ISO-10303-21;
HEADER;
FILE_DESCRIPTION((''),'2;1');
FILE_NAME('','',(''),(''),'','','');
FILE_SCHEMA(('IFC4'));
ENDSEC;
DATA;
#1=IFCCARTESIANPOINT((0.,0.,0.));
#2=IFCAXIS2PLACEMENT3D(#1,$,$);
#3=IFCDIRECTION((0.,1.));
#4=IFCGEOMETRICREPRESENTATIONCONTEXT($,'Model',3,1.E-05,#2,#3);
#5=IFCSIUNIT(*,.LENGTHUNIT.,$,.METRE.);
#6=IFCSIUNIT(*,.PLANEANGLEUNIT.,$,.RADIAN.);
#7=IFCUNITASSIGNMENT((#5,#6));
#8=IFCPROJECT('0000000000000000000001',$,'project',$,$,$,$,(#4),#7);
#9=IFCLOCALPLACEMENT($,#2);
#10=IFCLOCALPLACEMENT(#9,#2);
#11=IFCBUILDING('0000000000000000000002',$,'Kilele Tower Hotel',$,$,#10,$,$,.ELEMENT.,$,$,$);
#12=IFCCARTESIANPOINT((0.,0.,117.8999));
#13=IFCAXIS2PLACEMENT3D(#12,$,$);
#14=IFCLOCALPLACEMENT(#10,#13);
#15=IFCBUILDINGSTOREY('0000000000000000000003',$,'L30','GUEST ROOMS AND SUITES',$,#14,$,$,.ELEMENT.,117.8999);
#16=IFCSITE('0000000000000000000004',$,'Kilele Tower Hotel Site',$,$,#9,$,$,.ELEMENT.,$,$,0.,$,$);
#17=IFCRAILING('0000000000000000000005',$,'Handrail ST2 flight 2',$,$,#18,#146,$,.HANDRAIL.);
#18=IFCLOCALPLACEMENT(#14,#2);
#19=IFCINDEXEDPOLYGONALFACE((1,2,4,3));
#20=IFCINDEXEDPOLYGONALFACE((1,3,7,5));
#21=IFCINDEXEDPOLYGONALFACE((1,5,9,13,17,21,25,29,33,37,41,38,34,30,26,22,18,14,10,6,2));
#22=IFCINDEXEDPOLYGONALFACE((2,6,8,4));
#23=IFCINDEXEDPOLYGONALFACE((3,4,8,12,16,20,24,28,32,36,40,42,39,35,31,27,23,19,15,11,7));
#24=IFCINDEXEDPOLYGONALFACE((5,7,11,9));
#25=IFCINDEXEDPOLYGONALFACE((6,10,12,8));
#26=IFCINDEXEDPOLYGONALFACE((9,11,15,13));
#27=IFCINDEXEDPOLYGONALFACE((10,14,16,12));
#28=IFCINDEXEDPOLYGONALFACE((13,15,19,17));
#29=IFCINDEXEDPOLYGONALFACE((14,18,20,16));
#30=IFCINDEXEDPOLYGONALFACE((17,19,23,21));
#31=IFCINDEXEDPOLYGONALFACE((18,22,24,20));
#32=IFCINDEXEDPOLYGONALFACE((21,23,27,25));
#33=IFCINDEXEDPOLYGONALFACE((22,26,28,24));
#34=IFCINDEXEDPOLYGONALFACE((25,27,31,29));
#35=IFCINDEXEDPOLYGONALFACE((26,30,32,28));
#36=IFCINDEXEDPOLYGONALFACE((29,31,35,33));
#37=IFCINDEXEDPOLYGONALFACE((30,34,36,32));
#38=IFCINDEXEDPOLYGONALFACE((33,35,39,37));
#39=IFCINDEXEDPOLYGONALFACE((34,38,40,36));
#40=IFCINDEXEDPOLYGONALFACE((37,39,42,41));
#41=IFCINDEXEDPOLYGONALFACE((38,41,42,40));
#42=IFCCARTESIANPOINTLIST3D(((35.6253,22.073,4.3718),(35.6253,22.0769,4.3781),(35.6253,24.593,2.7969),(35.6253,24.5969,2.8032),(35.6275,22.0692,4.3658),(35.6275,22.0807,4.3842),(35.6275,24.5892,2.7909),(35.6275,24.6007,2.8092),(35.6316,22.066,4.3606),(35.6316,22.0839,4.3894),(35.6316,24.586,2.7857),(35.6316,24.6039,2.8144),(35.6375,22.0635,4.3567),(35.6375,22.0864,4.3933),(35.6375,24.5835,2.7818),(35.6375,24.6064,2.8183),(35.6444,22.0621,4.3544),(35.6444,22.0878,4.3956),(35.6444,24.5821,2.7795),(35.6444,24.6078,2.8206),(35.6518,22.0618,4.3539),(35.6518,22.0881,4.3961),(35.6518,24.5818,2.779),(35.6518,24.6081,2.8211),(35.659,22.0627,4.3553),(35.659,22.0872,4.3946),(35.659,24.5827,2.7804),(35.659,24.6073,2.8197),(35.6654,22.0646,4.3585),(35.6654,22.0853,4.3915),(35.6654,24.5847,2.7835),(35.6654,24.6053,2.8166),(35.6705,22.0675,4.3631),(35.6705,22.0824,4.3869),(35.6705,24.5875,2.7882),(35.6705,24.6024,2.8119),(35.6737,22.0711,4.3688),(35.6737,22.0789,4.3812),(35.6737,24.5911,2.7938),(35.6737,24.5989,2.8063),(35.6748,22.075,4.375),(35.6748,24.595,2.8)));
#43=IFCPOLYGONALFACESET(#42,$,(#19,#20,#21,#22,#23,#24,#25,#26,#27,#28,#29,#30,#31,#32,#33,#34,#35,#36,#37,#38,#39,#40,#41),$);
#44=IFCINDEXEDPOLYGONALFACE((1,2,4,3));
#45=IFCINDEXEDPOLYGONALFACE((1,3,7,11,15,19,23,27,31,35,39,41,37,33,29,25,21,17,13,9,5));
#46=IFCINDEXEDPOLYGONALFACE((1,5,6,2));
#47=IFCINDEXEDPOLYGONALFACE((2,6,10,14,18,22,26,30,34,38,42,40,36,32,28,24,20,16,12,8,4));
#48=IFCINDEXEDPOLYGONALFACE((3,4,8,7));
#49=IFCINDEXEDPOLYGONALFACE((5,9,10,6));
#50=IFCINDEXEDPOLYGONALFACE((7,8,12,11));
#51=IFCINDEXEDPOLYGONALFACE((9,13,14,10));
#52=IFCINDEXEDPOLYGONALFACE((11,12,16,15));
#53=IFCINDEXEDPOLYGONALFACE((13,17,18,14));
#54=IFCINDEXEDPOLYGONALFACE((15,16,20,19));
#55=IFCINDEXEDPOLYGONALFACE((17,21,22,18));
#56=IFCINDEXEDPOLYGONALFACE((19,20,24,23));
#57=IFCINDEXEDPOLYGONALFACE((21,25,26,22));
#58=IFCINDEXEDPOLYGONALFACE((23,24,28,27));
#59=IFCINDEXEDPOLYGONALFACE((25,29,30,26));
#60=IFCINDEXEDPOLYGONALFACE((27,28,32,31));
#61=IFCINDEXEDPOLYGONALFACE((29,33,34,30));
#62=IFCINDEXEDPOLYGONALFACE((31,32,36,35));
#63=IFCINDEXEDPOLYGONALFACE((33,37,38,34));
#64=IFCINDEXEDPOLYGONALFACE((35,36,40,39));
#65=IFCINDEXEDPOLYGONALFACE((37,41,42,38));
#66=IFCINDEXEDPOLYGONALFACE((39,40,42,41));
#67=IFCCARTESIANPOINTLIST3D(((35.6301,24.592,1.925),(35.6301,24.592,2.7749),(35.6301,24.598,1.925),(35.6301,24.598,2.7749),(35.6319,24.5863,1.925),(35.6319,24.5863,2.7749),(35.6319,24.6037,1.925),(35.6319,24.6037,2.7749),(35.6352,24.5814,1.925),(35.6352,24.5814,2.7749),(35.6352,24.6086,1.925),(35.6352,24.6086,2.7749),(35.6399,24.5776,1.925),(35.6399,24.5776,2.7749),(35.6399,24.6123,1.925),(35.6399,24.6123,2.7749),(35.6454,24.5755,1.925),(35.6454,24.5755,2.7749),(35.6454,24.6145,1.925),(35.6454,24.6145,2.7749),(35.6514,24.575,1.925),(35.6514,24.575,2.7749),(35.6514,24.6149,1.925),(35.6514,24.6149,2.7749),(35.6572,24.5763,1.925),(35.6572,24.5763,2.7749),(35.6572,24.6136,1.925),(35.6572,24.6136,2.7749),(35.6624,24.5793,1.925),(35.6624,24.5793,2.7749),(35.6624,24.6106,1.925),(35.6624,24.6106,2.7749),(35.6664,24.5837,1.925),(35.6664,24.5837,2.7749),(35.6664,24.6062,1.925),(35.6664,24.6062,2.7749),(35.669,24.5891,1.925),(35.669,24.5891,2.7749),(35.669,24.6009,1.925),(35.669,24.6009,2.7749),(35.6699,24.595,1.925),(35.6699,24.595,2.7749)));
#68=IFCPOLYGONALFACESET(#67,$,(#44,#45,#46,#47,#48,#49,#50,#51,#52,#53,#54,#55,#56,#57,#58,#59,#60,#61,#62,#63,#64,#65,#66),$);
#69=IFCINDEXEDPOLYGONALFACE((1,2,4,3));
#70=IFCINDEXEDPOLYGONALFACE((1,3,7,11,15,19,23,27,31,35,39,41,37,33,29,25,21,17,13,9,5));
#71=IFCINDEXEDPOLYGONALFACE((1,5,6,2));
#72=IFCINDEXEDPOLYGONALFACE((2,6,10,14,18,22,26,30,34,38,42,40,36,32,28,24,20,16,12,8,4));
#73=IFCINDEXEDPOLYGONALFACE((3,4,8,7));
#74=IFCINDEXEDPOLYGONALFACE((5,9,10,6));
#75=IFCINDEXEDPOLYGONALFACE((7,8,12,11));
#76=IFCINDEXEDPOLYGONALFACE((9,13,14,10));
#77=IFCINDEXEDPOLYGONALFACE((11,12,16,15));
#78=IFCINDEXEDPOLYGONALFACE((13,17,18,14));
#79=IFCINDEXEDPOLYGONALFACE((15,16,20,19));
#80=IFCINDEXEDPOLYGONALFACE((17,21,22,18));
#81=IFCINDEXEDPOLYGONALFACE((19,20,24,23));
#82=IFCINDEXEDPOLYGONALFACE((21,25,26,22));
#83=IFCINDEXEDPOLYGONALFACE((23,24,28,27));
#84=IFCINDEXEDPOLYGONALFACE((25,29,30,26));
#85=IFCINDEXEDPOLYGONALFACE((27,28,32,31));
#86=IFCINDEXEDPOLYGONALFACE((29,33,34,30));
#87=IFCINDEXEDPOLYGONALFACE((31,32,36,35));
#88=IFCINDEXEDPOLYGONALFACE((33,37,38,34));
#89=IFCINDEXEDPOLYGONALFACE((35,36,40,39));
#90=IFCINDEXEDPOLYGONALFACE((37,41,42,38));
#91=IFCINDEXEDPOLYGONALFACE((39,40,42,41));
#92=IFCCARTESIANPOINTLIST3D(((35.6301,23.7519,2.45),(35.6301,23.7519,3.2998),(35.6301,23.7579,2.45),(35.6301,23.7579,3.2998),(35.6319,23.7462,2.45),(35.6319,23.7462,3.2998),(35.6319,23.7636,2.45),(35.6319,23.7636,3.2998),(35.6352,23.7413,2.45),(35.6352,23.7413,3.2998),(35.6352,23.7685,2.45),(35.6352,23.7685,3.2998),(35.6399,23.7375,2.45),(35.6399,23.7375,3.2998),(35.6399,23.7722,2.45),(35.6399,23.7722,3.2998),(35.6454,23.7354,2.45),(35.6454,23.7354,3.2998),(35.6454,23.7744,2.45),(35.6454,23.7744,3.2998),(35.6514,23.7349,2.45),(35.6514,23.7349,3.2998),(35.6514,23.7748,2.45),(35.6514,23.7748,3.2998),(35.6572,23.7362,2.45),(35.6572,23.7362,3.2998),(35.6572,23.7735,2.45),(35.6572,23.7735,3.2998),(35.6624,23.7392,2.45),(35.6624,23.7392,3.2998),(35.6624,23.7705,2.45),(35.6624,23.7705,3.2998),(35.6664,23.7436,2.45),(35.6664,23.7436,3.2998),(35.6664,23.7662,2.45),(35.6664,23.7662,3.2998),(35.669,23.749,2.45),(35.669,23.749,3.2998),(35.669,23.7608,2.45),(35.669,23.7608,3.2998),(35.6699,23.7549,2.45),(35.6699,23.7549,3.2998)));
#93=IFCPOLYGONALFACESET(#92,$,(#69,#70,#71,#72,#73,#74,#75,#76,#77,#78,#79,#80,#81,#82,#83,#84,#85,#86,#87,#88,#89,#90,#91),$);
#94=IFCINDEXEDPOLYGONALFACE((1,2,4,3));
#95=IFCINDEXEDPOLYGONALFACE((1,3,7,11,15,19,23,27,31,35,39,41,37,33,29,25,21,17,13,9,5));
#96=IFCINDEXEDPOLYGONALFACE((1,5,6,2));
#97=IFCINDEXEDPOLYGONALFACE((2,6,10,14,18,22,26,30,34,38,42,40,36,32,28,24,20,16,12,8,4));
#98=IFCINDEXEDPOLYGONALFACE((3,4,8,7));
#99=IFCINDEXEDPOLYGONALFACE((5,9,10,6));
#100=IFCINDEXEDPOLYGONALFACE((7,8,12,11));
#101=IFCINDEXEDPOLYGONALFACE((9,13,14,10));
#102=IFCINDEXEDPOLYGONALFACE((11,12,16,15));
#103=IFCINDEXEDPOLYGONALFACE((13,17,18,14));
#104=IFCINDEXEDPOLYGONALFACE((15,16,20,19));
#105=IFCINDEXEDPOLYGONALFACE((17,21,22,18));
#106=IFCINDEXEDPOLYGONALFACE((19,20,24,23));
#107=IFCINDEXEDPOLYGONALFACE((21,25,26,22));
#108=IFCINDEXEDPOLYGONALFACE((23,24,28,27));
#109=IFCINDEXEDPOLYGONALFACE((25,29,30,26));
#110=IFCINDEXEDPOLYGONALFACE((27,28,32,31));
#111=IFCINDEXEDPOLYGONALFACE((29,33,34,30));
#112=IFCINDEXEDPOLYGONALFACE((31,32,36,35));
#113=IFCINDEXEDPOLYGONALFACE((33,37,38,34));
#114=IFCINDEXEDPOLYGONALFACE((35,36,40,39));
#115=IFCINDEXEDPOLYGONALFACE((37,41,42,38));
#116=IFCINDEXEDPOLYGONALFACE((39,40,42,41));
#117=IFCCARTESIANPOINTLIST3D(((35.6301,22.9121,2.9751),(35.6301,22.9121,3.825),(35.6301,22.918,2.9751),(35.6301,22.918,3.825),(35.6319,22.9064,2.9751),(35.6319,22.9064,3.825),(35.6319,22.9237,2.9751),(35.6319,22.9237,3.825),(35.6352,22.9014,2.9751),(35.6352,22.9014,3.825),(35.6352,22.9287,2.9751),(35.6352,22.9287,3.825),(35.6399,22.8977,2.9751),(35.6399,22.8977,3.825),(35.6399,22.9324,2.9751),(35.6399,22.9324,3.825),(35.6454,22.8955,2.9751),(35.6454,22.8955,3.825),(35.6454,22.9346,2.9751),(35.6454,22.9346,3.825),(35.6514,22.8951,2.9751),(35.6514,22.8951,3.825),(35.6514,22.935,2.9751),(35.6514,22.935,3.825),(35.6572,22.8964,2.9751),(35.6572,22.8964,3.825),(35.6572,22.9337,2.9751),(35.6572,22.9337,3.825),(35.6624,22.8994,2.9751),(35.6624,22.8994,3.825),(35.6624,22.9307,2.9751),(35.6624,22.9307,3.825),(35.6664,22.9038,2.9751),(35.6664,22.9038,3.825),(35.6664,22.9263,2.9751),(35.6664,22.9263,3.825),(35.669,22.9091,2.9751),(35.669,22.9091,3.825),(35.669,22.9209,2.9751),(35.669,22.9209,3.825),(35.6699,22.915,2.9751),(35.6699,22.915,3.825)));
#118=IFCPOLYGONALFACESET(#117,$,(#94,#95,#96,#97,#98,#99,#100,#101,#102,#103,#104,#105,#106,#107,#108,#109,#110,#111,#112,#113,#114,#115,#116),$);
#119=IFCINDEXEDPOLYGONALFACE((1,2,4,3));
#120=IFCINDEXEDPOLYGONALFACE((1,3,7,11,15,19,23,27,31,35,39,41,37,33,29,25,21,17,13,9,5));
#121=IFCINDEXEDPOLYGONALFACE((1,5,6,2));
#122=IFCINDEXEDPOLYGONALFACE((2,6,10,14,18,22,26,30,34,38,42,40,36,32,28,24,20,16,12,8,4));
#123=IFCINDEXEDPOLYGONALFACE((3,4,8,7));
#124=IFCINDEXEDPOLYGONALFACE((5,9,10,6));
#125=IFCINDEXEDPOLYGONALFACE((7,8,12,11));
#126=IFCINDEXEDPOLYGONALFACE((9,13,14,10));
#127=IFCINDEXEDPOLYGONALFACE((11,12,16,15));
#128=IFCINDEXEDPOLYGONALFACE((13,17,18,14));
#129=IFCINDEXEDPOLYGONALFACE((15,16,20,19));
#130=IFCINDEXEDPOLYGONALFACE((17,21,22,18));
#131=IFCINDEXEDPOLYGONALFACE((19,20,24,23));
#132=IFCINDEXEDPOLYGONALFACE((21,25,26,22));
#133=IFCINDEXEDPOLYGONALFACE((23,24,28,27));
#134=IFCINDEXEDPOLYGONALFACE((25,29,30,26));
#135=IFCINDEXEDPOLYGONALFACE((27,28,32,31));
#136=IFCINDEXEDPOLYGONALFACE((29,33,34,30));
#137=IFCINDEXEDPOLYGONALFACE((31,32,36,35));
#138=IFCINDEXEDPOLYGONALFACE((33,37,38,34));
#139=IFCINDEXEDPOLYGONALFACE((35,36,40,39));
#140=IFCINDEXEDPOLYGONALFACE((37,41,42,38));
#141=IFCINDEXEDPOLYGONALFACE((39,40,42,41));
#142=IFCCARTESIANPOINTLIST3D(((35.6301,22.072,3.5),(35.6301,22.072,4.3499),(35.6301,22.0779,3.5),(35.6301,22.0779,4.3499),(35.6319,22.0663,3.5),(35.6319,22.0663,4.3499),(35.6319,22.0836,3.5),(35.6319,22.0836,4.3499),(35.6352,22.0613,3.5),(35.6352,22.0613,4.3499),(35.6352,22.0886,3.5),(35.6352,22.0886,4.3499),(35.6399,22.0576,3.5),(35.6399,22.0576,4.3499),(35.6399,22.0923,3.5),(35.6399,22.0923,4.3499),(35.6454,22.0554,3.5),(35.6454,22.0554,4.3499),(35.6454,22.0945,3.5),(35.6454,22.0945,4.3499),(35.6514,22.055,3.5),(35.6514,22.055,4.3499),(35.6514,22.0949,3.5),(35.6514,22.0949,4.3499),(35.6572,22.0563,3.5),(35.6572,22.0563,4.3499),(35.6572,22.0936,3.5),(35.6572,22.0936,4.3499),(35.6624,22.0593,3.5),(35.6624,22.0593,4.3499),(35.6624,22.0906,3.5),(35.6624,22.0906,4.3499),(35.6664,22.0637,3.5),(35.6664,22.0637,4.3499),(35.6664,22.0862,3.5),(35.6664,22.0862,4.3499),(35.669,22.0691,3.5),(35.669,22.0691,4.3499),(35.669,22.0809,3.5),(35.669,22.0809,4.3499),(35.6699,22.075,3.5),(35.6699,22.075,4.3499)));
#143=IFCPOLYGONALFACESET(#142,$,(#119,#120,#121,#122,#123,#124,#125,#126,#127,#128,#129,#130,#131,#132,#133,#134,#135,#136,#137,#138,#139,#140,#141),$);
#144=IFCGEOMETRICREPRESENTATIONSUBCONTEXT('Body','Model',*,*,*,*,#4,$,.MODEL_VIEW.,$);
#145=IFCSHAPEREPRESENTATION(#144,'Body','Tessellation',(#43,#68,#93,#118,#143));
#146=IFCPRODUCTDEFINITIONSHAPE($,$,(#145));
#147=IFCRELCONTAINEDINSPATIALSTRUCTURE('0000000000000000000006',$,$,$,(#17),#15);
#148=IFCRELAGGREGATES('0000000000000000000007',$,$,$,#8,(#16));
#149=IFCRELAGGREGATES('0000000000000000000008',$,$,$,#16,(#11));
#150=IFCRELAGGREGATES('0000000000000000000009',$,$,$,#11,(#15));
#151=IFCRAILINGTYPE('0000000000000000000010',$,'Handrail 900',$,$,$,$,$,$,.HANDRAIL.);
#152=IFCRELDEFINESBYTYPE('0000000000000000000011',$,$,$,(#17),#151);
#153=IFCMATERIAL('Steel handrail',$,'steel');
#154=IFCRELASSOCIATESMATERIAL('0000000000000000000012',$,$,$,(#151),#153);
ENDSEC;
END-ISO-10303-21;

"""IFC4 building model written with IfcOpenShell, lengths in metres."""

from ifc_helpers import new_model, si_unit, direction, frame, origin, origin_2d, place, context, subcontext, project, spatial, circle, extrude, material, type_object, element, save


model = new_model("IFC4")

# Units and contexts
model_context = context("Model", 3, precision=1e-05, world=origin(), true_north=direction((0.0, 1.0)))
body_context = subcontext(model_context, "Body", "Model", "MODEL_VIEW")
ifc_project = project(units=[si_unit("LENGTHUNIT", "METRE"), si_unit("PLANEANGLEUNIT", "RADIAN")], contexts=[model_context])

# Site, building, storey
site_placement = place(None, origin())
site = spatial("IfcSite", under=ifc_project, at=site_placement, Name="Kilele Tower Hotel Site", CompositionType="ELEMENT", RefElevation=0.0)
building_placement = place(site_placement, origin())
building = spatial("IfcBuilding", under=site, at=building_placement, Name="Kilele Tower Hotel", CompositionType="ELEMENT")
storey_placement = place(building_placement, frame((0.0, 0.0, 117.8999)))
storey = spatial("IfcBuildingStorey", under=building, at=storey_placement, Name="L30", Description="GUEST ROOMS AND SUITES", CompositionType="ELEMENT", Elevation=117.8999)

# Railing
ifc_material_1 = material(Name="Steel handrail", Category="steel")
railing_type_1 = type_object("IfcRailingType", Name="Handrail 900", PredefinedType="HANDRAIL", material=ifc_material_1)
for number, where, name in (
    (1, (35.6499, 24.595, 1.925), "Handrail ST2 flight 2"),
):
    element("IfcRailing", number, at=place(storey_placement, frame(where)), inside=storey, type_object=railing_type_1, Name=name, PredefinedType="HANDRAIL", context=body_context, shape_type="SweptSolid", body=[
        extrude(circle(Radius=0.0249, at=origin_2d()), frame((0.0, 0.0, 0.875), z_axis=(0.0, -0.848008, 0.529984), x_axis=(1.0, 0.0, 0.0)), (0.0, 0.0, 1.0), 2.9717),
        extrude(circle(Radius=0.02, at=origin_2d()), origin(), (0.0, 0.0, 1.0), 0.8499),
        extrude(circle(Radius=0.02, at=origin_2d()), frame((0.0, -0.8401, 0.5249)), (0.0, 0.0, 1.0), 0.8499),
        extrude(circle(Radius=0.02, at=origin_2d()), frame((0.0, -1.6799, 1.05)), (0.0, 0.0, 1.0), 0.8499),
        extrude(circle(Radius=0.02, at=origin_2d()), frame((0.0, -2.52, 1.575)), (0.0, 0.0, 1.0), 0.8499),
    ])

save(model, "model.ifc")
